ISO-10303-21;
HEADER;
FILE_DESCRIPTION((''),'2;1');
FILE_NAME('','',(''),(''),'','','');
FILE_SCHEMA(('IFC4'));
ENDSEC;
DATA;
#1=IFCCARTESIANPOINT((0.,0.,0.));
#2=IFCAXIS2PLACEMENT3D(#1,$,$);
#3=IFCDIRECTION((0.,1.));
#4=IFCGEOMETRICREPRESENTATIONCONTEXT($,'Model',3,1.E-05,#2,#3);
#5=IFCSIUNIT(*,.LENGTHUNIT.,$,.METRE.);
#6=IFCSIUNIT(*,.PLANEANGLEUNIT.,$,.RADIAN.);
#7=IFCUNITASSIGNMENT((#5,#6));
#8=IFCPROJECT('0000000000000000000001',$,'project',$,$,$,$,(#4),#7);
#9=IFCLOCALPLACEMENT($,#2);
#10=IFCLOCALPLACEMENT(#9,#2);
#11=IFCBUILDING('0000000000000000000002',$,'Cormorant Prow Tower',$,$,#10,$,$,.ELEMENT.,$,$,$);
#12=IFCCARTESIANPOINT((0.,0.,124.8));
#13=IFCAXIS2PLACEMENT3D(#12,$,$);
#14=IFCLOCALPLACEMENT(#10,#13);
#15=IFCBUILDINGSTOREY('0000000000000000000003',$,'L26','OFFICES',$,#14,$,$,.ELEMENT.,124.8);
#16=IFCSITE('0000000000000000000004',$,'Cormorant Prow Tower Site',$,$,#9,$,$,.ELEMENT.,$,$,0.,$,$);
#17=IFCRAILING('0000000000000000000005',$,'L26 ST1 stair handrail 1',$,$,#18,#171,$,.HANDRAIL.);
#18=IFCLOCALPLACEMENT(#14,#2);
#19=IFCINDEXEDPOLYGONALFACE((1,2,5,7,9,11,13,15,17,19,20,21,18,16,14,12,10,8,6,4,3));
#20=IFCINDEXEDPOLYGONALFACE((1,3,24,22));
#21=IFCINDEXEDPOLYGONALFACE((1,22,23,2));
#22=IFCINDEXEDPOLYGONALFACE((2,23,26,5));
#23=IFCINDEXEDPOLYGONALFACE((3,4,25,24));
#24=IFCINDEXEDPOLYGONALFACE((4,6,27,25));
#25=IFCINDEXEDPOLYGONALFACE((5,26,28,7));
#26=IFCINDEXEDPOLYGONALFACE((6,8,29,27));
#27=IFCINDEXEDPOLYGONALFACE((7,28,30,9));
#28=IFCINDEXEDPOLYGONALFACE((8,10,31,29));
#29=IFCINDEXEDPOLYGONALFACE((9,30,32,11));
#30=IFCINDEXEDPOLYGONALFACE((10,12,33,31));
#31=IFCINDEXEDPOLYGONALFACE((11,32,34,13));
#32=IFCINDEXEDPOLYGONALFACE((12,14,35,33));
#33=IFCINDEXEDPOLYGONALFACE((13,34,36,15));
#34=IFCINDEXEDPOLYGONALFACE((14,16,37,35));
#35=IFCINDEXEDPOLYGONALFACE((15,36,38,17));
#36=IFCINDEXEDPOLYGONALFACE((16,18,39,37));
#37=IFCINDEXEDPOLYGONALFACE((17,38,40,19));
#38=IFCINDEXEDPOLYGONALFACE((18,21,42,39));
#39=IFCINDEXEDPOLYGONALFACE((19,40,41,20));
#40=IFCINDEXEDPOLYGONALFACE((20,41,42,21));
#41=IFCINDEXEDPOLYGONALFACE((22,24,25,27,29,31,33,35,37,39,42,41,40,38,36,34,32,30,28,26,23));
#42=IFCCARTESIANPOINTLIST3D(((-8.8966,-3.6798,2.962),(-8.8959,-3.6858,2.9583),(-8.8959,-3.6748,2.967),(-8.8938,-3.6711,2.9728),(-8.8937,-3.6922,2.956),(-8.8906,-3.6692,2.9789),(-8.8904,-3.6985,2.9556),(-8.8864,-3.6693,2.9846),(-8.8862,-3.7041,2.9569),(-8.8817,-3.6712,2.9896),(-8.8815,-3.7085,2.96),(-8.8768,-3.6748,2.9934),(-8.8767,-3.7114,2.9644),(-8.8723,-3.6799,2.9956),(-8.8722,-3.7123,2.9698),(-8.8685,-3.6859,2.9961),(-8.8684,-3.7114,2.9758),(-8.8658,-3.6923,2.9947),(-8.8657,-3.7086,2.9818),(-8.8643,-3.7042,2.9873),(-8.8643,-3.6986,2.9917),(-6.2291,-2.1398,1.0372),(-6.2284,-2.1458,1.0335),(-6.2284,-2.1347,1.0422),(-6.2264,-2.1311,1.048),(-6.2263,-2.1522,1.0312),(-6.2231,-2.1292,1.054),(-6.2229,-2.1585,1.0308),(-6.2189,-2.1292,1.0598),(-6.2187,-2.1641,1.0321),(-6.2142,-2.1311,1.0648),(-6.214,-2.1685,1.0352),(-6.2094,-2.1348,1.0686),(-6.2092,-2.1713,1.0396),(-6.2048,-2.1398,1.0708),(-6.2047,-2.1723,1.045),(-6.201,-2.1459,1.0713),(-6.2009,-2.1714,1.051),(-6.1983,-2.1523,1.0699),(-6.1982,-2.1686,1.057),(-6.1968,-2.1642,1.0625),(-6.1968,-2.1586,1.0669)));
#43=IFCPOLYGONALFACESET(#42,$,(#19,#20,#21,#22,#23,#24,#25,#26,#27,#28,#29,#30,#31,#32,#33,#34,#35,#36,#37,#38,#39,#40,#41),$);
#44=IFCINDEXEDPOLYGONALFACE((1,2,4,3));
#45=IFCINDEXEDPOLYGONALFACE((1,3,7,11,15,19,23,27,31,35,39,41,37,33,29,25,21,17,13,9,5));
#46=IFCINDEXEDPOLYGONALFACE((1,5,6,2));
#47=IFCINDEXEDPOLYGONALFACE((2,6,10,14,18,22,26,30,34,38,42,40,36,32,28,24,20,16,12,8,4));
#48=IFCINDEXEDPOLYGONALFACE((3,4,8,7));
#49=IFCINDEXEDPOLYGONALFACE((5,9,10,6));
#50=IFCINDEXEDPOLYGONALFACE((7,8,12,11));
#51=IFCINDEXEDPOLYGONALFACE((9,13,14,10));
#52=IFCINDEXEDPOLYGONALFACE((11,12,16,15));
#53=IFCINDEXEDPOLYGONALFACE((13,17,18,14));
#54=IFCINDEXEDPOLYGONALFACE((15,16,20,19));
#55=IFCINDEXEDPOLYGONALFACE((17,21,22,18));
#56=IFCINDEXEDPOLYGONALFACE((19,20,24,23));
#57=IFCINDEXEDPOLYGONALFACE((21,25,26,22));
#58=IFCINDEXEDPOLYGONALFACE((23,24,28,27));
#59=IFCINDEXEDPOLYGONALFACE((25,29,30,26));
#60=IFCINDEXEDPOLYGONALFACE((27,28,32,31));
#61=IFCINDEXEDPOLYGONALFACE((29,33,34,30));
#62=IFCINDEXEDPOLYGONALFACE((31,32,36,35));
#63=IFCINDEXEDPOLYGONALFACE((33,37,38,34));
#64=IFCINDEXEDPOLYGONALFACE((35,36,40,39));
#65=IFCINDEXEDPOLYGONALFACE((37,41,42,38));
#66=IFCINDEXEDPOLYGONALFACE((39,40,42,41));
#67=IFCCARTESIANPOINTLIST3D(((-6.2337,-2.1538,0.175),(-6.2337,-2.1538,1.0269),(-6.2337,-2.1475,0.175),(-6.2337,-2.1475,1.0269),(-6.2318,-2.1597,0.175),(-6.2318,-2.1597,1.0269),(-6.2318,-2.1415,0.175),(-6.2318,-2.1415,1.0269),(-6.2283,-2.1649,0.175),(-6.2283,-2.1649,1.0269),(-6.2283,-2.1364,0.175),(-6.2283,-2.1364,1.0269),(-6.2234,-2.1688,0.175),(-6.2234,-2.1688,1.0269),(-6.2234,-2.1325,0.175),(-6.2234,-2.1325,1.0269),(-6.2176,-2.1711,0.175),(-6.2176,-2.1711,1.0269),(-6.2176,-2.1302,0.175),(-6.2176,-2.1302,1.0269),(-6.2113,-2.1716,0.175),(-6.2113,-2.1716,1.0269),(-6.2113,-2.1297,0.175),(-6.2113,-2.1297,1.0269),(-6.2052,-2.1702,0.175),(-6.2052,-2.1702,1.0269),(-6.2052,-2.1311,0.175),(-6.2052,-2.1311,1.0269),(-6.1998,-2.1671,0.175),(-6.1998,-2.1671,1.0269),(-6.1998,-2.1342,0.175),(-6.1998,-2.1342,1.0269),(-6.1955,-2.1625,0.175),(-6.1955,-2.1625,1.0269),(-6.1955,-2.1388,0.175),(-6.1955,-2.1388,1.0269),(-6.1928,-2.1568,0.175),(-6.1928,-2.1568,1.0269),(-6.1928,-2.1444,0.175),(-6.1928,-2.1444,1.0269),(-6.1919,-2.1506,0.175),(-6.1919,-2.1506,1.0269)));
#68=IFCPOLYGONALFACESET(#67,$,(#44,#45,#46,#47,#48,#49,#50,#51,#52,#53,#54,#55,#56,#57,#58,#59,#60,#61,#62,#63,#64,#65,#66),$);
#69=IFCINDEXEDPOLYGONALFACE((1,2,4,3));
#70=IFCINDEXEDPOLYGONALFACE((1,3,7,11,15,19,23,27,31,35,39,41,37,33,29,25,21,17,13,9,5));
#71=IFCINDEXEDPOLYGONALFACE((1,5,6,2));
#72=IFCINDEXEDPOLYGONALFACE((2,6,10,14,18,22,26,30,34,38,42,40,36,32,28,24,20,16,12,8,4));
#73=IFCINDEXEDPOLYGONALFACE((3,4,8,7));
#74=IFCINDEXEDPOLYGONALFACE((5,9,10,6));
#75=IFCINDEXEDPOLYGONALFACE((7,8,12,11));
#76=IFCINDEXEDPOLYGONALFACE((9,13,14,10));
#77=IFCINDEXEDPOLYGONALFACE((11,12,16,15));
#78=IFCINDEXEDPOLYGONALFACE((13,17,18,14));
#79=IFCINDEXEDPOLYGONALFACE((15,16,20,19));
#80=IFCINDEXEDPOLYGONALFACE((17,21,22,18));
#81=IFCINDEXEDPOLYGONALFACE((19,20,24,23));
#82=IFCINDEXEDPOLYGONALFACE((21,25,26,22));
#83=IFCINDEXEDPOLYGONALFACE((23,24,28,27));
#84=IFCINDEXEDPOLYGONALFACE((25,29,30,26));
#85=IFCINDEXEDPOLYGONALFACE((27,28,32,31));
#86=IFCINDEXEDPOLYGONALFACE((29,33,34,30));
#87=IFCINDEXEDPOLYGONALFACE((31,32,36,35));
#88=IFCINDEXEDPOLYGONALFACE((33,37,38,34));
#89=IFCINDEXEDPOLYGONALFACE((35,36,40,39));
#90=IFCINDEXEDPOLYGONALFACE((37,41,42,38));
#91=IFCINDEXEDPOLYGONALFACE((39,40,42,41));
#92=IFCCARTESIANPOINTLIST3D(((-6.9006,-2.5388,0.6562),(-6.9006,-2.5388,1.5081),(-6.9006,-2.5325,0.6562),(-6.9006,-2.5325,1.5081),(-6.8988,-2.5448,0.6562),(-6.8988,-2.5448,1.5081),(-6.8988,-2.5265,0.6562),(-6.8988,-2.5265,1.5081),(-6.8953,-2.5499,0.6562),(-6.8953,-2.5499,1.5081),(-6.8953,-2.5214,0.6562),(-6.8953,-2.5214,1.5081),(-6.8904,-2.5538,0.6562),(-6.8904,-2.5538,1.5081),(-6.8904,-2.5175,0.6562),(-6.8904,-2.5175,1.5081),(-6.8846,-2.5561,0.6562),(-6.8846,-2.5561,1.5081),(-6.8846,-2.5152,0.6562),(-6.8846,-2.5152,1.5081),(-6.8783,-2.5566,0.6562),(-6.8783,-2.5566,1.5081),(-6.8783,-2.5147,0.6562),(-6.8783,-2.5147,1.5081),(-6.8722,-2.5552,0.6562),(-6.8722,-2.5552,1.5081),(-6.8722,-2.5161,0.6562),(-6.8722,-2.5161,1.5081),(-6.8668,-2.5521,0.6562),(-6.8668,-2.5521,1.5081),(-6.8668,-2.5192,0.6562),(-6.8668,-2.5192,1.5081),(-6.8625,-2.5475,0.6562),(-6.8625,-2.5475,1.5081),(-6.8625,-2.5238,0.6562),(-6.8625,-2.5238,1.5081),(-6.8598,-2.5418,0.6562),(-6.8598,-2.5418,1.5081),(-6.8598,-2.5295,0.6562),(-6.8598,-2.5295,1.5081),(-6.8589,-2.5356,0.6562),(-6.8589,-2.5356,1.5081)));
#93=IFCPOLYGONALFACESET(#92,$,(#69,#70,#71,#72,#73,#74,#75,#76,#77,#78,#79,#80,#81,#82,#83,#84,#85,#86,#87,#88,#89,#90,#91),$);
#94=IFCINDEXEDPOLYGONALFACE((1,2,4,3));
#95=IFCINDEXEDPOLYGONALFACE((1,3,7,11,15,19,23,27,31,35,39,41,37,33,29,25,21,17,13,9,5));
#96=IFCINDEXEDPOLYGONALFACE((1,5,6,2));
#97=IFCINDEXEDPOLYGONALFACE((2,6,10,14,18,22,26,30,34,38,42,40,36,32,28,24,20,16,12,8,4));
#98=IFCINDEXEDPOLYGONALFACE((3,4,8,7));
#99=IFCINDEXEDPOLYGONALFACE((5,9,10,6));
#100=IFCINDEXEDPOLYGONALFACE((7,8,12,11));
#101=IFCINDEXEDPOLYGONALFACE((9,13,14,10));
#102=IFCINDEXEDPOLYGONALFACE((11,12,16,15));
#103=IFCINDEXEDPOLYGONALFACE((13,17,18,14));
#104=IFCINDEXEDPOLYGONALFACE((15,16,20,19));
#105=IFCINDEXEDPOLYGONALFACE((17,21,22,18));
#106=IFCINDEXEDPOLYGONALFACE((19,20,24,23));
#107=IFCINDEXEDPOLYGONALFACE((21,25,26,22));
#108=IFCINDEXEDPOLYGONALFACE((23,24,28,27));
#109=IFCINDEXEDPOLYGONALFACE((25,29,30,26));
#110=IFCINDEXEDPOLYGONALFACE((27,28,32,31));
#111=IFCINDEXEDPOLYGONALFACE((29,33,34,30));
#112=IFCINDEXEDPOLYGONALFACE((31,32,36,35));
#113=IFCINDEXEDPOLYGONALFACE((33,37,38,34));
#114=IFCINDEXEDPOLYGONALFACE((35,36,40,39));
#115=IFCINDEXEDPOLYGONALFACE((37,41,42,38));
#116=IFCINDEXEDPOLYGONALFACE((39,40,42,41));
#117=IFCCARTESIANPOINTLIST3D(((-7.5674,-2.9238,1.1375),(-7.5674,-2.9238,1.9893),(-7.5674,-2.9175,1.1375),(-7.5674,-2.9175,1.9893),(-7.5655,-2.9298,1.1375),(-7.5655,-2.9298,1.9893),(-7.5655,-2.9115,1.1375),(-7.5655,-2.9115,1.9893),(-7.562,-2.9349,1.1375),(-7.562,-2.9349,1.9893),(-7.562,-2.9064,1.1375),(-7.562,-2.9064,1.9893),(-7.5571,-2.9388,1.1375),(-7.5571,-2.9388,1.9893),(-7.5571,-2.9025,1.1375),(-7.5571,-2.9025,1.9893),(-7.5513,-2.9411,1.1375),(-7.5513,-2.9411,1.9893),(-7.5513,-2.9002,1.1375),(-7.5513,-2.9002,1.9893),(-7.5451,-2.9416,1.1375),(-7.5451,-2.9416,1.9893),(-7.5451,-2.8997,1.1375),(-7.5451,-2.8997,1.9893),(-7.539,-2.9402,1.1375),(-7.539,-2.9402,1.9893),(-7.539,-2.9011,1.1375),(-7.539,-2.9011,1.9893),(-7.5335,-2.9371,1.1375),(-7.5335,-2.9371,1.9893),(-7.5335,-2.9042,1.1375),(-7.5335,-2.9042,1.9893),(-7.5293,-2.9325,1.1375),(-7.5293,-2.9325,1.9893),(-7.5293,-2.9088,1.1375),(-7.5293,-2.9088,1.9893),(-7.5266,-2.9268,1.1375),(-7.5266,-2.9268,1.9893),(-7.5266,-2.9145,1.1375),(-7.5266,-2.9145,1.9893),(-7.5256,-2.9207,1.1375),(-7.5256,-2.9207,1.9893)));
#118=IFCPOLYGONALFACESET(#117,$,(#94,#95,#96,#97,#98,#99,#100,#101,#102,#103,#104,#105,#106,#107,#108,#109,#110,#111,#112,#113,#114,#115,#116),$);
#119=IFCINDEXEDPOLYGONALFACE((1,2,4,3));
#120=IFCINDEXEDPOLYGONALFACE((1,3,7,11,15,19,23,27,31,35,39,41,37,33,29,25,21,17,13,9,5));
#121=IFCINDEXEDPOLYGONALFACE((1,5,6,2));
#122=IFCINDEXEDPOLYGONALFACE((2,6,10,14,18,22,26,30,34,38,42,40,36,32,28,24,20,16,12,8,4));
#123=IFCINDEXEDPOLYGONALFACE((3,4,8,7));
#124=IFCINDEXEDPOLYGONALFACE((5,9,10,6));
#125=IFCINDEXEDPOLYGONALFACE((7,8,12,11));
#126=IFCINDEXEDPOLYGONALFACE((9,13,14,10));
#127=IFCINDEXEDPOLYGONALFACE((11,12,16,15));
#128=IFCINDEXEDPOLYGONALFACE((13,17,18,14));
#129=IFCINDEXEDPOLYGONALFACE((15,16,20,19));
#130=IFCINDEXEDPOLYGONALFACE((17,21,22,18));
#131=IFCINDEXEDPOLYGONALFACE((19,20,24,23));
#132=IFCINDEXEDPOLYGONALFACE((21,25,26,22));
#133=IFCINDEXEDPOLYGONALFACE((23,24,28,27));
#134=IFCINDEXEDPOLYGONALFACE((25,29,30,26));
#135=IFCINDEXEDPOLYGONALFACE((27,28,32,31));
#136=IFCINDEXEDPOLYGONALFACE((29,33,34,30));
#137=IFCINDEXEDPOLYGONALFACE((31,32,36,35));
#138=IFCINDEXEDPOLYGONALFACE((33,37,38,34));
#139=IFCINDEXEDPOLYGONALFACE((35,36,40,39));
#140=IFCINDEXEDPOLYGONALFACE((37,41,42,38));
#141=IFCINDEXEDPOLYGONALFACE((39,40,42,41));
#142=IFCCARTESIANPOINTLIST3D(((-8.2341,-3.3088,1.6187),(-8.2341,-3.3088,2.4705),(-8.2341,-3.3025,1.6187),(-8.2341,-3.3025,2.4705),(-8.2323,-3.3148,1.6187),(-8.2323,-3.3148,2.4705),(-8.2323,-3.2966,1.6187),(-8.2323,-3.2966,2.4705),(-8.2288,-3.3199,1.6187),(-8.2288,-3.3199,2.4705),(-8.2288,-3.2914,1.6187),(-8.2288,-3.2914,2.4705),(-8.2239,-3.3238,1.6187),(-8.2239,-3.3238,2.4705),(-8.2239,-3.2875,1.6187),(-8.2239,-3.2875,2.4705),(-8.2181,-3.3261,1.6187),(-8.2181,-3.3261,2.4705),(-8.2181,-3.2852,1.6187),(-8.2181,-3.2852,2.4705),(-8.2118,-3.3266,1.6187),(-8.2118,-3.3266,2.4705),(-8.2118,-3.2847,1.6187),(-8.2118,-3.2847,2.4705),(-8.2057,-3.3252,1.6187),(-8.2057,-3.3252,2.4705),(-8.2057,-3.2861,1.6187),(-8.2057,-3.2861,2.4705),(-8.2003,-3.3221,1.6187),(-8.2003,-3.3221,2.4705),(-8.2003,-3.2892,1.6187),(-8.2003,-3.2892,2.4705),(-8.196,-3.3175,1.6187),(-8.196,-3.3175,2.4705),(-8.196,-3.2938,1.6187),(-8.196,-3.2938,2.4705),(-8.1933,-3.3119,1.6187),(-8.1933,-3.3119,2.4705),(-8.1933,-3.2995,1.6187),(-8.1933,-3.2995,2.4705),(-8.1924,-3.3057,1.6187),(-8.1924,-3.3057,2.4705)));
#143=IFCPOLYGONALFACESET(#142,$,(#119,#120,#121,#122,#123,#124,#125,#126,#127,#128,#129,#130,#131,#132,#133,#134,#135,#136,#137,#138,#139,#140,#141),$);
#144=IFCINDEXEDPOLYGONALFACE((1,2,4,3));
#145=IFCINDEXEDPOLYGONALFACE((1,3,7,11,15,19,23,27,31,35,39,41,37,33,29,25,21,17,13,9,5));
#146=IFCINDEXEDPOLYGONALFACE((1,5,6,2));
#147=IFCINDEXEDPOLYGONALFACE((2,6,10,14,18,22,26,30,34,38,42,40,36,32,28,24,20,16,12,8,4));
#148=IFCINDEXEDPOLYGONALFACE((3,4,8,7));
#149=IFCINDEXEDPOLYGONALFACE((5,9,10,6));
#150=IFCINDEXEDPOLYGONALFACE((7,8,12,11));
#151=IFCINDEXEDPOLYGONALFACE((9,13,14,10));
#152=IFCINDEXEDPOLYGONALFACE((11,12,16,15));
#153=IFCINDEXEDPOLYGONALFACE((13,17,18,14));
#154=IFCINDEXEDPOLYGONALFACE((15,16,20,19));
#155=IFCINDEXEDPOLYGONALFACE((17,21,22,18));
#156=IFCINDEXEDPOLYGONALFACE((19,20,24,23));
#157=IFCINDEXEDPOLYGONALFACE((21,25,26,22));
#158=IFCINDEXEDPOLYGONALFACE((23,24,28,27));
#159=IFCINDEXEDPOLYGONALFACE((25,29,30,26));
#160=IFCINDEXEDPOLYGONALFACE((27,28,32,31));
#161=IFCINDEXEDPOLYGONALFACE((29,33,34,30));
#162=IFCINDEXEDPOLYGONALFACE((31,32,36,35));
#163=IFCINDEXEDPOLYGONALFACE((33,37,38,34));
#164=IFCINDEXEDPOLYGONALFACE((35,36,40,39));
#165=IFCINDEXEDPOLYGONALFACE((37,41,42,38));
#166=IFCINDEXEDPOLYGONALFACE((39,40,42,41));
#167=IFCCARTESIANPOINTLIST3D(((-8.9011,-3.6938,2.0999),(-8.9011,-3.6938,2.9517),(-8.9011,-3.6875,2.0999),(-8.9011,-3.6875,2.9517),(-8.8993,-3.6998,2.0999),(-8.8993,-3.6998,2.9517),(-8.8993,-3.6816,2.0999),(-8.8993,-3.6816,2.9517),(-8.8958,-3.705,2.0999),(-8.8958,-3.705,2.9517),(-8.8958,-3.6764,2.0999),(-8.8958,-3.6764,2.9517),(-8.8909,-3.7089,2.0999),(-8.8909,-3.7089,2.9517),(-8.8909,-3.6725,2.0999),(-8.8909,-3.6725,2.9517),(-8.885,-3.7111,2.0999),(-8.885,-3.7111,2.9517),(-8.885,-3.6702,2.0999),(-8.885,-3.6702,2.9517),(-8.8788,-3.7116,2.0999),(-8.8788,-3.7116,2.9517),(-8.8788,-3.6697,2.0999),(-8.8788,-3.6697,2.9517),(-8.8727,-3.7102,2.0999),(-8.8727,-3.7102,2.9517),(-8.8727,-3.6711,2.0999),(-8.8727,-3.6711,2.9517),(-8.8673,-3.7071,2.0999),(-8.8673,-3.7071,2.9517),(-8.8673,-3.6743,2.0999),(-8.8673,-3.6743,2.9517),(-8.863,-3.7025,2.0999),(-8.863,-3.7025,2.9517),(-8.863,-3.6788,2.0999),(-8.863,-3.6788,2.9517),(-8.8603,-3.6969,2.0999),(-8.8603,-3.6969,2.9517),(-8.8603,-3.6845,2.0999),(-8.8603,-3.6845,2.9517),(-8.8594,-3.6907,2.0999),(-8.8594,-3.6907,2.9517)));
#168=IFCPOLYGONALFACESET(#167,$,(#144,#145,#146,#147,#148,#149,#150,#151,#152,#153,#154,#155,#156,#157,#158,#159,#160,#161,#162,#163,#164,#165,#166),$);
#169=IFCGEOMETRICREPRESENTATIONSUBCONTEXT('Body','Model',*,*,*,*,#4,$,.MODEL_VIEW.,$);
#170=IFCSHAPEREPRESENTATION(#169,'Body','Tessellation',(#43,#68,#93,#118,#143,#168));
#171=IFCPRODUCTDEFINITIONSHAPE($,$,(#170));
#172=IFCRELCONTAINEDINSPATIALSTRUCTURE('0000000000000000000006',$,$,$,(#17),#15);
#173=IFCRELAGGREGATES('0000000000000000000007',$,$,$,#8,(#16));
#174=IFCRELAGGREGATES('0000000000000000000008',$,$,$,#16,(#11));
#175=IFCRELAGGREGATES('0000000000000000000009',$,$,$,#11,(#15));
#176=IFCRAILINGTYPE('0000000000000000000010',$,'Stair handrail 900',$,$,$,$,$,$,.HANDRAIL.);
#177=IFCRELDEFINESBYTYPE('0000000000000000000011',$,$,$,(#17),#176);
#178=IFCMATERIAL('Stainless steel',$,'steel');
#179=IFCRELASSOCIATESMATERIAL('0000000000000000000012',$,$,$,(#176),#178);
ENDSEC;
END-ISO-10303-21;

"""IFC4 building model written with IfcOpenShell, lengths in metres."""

from ifc_helpers import new_model, si_unit, direction, frame, origin, origin_2d, place, context, subcontext, project, spatial, circle, extrude, material, type_object, element, save


model = new_model("IFC4")

# Units and contexts
model_context = context("Model", 3, precision=1e-05, world=origin(), true_north=direction((0.0, 1.0)))
body_context = subcontext(model_context, "Body", "Model", "MODEL_VIEW")
ifc_project = project(units=[si_unit("LENGTHUNIT", "METRE"), si_unit("PLANEANGLEUNIT", "RADIAN")], contexts=[model_context])

# Site, building, storey
site_placement = place(None, origin())
site = spatial("IfcSite", under=ifc_project, at=site_placement, Name="Cormorant Prow Tower Site", CompositionType="ELEMENT", RefElevation=0.0)
building_placement = place(site_placement, origin())
building = spatial("IfcBuilding", under=site, at=building_placement, Name="Cormorant Prow Tower", CompositionType="ELEMENT")
storey_placement = place(building_placement, frame((0.0, 0.0, 124.8)))
storey = spatial("IfcBuildingStorey", under=building, at=storey_placement, Name="L26", Description="OFFICES", CompositionType="ELEMENT", Elevation=124.8)

# Railing
ifc_material_1 = material(Name="Stainless steel", Category="steel")
railing_type_1 = type_object("IfcRailingType", Name="Stair handrail 900", PredefinedType="HANDRAIL", material=ifc_material_1)
railing_1_placement = place(storey_placement, frame((-6.2129, -2.1506, 0.175)))
element("IfcRailing", 1, at=railing_1_placement, inside=storey, type_object=railing_type_1, Name="L26 ST1 stair handrail 1", PredefinedType="HANDRAIL", context=body_context, shape_type="SweptSolid", body=[
    extrude(circle(Radius=0.0239, at=origin_2d()), frame((0.0, 0.0, 0.876), z_axis=(-0.734421, -0.42401, 0.529945), x_axis=(0.499992, -0.86603, 0.0)), (0.0, 0.0, 1.0), 3.6321),
    extrude(circle(Radius=0.021, at=origin_2d()), origin(), (0.0, 0.0, 1.0), 0.8518),
    extrude(circle(Radius=0.021, at=origin_2d()), frame((-0.667, -0.385, 0.4812)), (0.0, 0.0, 1.0), 0.8518),
    extrude(circle(Radius=0.021, at=origin_2d()), frame((-1.3337, -0.77, 0.9624)), (0.0, 0.0, 1.0), 0.8518),
    extrude(circle(Radius=0.021, at=origin_2d()), frame((-2.0005, -1.155, 1.4436)), (0.0, 0.0, 1.0), 0.8518),
    extrude(circle(Radius=0.021, at=origin_2d()), frame((-2.6675, -1.54, 1.9248)), (0.0, 0.0, 1.0), 0.8518),
])

save(model, "model.ifc")
